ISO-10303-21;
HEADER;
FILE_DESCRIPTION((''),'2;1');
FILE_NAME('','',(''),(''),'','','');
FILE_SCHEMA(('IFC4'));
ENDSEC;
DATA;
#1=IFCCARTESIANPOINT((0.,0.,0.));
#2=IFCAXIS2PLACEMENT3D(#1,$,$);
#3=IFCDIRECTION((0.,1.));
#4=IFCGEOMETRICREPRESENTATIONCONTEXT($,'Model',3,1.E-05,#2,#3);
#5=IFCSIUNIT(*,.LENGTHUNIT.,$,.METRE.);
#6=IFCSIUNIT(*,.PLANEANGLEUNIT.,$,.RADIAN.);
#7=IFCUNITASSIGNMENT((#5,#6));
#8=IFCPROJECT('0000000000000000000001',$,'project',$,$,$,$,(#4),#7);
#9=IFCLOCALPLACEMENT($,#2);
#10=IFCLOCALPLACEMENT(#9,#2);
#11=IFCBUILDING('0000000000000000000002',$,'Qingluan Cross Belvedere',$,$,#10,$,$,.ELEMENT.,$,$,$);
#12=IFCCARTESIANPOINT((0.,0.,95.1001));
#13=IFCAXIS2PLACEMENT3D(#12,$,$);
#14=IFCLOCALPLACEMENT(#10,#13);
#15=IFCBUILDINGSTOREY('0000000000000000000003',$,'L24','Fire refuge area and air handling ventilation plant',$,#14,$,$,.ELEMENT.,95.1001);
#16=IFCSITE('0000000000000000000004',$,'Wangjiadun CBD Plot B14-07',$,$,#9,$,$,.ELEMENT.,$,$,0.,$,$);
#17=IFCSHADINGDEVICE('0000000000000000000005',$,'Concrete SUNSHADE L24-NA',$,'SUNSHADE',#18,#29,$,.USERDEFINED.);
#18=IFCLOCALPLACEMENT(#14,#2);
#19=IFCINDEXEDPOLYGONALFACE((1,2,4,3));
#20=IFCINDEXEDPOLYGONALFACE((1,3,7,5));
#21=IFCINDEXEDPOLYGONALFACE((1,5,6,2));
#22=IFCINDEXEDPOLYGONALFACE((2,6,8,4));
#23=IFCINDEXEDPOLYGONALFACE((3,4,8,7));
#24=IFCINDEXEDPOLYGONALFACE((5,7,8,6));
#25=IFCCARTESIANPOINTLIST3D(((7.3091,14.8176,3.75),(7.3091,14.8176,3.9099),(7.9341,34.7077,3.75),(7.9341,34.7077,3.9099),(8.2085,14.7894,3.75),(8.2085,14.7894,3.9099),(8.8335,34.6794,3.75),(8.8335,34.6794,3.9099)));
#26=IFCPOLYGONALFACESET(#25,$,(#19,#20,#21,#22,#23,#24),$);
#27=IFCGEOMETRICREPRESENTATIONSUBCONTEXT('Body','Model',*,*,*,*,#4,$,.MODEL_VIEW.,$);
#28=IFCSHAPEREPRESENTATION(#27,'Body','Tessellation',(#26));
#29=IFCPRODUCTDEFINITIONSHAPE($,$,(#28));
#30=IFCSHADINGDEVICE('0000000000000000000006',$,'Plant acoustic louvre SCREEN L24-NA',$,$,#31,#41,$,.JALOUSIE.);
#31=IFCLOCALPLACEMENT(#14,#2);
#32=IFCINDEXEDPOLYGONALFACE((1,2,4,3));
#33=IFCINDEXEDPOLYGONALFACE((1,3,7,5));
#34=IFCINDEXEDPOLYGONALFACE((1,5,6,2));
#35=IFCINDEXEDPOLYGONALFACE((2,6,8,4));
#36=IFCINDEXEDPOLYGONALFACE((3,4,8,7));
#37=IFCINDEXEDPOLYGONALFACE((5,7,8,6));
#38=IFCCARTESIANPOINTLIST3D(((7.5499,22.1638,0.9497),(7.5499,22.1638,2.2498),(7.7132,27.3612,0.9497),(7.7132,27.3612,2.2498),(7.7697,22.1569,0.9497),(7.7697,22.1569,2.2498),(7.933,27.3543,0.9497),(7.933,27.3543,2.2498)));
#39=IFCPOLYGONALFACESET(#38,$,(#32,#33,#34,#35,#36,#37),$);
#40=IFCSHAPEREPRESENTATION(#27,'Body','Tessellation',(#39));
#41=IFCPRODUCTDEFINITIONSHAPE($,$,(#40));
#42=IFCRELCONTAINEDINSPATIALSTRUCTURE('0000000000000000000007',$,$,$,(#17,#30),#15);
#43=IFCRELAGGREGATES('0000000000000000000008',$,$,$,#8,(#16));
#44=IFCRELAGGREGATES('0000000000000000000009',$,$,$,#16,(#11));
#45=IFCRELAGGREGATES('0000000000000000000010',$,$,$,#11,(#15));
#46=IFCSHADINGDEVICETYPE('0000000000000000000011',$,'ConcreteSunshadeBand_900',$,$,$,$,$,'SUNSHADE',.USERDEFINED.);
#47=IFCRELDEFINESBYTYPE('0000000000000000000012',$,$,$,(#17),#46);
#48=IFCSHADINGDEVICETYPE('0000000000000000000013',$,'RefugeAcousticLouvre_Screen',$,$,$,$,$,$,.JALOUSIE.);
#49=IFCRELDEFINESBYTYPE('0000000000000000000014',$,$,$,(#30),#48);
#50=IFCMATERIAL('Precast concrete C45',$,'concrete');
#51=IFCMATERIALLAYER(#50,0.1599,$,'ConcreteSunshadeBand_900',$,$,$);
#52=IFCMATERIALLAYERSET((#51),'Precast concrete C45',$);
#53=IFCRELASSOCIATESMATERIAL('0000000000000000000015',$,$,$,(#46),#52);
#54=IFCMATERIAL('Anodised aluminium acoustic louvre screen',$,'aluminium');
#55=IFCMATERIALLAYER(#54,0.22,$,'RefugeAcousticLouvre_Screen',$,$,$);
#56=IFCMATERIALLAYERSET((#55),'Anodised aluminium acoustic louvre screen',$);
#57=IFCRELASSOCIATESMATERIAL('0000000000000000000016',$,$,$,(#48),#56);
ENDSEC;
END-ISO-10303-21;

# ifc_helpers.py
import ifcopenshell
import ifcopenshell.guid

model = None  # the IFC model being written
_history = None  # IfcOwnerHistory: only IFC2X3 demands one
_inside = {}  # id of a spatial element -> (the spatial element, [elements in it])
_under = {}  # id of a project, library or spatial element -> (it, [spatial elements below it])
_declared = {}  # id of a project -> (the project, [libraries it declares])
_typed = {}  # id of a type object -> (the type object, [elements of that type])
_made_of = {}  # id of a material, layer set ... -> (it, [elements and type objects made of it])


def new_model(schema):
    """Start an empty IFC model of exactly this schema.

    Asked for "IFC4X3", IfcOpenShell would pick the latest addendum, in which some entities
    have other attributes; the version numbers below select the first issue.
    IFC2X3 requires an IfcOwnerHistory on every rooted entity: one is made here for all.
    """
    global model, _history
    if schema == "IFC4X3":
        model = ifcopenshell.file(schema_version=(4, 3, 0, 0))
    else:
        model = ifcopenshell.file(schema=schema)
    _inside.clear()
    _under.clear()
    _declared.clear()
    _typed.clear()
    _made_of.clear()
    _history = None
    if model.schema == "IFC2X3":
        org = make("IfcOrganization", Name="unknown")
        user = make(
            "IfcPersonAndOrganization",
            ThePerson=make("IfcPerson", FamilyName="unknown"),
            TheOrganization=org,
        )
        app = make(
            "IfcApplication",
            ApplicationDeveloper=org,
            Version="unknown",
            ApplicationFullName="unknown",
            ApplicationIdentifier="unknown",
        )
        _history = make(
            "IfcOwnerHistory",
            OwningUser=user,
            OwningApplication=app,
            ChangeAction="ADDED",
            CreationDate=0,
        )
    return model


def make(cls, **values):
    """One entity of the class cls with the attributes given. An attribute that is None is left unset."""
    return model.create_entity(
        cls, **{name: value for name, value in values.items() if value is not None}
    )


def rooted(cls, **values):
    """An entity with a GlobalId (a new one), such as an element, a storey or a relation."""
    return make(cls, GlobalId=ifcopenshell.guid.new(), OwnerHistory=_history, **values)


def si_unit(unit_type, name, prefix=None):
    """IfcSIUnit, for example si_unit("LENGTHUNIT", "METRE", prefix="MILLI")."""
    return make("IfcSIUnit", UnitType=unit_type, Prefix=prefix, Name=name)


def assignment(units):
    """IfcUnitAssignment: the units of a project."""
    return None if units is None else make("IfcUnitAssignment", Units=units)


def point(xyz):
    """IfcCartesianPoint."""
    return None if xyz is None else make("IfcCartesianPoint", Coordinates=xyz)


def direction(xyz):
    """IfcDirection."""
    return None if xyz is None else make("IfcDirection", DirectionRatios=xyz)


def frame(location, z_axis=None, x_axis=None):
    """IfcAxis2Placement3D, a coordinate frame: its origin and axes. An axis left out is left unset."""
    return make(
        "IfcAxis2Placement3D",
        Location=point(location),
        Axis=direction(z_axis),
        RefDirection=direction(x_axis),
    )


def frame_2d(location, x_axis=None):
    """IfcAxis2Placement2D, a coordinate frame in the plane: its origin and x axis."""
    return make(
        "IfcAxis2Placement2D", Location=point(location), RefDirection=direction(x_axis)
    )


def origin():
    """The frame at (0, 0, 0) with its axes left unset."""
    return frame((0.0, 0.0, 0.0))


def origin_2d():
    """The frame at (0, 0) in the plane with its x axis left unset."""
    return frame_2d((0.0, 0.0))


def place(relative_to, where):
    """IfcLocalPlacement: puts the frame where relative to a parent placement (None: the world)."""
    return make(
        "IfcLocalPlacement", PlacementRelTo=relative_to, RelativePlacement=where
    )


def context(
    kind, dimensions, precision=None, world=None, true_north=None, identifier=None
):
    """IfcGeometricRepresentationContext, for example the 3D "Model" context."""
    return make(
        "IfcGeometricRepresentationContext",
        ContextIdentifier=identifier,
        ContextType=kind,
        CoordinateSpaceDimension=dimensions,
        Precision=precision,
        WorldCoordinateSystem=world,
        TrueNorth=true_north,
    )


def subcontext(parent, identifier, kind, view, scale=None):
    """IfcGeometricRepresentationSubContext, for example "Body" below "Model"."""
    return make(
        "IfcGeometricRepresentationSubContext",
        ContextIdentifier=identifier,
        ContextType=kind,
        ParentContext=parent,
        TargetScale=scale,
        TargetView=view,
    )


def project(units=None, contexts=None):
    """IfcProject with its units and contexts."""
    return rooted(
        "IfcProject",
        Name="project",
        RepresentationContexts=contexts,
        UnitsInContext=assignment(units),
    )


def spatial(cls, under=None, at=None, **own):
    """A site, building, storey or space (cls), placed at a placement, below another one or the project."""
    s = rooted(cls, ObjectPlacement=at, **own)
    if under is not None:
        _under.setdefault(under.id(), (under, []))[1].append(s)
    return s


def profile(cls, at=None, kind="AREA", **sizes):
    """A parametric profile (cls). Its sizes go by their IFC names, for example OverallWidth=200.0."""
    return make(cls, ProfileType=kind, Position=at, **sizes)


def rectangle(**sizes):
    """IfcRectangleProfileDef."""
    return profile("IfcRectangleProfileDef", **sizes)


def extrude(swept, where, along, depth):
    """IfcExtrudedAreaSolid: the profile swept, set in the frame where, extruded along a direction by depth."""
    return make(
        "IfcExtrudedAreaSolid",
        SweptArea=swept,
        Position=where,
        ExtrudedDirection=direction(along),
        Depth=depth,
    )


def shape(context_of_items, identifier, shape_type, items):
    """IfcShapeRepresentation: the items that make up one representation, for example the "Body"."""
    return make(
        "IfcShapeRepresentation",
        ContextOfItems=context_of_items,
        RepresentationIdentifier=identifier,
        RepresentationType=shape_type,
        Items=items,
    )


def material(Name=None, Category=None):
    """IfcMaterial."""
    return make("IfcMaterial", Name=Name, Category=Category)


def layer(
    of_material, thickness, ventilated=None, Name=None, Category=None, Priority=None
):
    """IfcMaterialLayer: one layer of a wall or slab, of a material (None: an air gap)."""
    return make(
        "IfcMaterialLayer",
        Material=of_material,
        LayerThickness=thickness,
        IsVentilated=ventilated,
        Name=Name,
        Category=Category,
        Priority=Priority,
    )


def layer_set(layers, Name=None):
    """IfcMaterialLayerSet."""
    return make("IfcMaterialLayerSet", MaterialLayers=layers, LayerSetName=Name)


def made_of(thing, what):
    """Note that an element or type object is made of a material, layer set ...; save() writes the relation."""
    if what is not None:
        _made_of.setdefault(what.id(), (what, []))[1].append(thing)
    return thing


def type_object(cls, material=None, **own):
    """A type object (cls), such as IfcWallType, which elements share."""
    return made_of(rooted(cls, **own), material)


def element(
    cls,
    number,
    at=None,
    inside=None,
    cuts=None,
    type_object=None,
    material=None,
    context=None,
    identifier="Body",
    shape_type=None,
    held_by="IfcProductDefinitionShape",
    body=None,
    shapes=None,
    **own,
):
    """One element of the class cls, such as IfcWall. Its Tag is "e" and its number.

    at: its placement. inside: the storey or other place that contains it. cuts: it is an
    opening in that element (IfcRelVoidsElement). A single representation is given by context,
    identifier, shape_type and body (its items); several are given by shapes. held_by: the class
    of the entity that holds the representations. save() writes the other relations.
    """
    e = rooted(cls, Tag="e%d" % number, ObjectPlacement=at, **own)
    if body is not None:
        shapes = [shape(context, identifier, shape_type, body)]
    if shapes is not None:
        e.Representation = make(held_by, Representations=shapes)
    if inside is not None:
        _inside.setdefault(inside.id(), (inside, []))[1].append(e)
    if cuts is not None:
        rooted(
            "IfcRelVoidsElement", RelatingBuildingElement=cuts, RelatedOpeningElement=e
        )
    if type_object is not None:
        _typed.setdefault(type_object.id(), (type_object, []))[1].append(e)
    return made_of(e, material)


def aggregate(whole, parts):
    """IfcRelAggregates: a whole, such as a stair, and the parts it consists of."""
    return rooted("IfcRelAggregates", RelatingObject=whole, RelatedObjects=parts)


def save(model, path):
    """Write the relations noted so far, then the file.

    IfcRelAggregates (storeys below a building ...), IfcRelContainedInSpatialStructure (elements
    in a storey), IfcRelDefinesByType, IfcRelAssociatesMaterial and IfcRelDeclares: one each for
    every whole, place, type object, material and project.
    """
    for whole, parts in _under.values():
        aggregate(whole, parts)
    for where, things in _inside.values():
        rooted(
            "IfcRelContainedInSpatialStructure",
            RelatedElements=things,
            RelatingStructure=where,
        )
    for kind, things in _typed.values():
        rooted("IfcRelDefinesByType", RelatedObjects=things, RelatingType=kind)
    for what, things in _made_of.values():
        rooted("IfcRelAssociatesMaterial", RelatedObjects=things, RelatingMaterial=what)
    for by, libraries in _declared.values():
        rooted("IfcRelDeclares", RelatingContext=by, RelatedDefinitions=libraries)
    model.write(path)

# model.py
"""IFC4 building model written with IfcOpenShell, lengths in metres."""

from ifc_helpers import new_model, si_unit, direction, frame, origin, origin_2d, place, context, subcontext, project, spatial, rectangle, extrude, material, layer, layer_set, type_object, element, save


model = new_model("IFC4")

# Units and contexts
model_context = context("Model", 3, precision=1e-05, world=origin(), true_north=direction((0.0, 1.0)))
body_context = subcontext(model_context, "Body", "Model", "MODEL_VIEW")
ifc_project = project(units=[si_unit("LENGTHUNIT", "METRE"), si_unit("PLANEANGLEUNIT", "RADIAN")], contexts=[model_context])

# Site, building, storey
site_placement = place(None, origin())
site = spatial("IfcSite", under=ifc_project, at=site_placement, Name="Wangjiadun CBD Plot B14-07", CompositionType="ELEMENT", RefElevation=0.0)
building_placement = place(site_placement, origin())
building = spatial("IfcBuilding", under=site, at=building_placement, Name="Qingluan Cross Belvedere", CompositionType="ELEMENT")
storey_placement = place(building_placement, frame((0.0, 0.0, 95.1001)))
storey = spatial("IfcBuildingStorey", under=building, at=storey_placement, Name="L24", Description="Fire refuge area and air handling ventilation plant", CompositionType="ELEMENT", Elevation=95.1001)

# Shading devices
ifc_material_1 = material(Name="Precast concrete C45", Category="concrete")
ifc_layer_1 = layer(ifc_material_1, 0.1599, Name="ConcreteSunshadeBand_900")
ifc_layer_set_1 = layer_set([ifc_layer_1], Name="Precast concrete C45")
shading_device_type_1 = type_object("IfcShadingDeviceType", Name="ConcreteSunshadeBand_900", ElementType="SUNSHADE", PredefinedType="USERDEFINED", material=ifc_layer_set_1)
shading_device_1_placement = place(storey_placement, frame((8.0713, 24.7485, 3.75), z_axis=(0.0, 0.0, 1.0), x_axis=(0.031408, 0.999507, 0.0)))
element("IfcShadingDevice", 1, at=shading_device_1_placement, inside=storey, type_object=shading_device_type_1, Name="Concrete SUNSHADE L24-NA", ObjectType="SUNSHADE", PredefinedType="USERDEFINED", context=body_context, shape_type="SweptSolid", body=[
    extrude(rectangle(XDim=19.8999, YDim=0.8999, at=origin_2d()), origin(), (0.0, 0.0, 1.0), 0.1599),
])
ifc_material_2 = material(Name="Anodised aluminium acoustic louvre screen", Category="aluminium")
ifc_layer_2 = layer(ifc_material_2, 0.22, Name="RefugeAcousticLouvre_Screen")
ifc_layer_set_2 = layer_set([ifc_layer_2], Name="Anodised aluminium acoustic louvre screen")
shading_device_type_2 = type_object("IfcShadingDeviceType", Name="RefugeAcousticLouvre_Screen", PredefinedType="JALOUSIE", material=ifc_layer_set_2)
shading_device_2_placement = place(storey_placement, frame((7.7415, 24.759, 0.9497), z_axis=(0.0, 0.0, 1.0), x_axis=(0.031408, 0.999507, 0.0)))
element("IfcShadingDevice", 2, at=shading_device_2_placement, inside=storey, type_object=shading_device_type_2, Name="Plant acoustic louvre SCREEN L24-NA", PredefinedType="JALOUSIE", context=body_context, shape_type="SweptSolid", body=[
    extrude(rectangle(XDim=5.2, YDim=0.22, at=origin_2d()), origin(), (0.0, 0.0, 1.0), 1.3),
])

save(model, "model.ifc")
